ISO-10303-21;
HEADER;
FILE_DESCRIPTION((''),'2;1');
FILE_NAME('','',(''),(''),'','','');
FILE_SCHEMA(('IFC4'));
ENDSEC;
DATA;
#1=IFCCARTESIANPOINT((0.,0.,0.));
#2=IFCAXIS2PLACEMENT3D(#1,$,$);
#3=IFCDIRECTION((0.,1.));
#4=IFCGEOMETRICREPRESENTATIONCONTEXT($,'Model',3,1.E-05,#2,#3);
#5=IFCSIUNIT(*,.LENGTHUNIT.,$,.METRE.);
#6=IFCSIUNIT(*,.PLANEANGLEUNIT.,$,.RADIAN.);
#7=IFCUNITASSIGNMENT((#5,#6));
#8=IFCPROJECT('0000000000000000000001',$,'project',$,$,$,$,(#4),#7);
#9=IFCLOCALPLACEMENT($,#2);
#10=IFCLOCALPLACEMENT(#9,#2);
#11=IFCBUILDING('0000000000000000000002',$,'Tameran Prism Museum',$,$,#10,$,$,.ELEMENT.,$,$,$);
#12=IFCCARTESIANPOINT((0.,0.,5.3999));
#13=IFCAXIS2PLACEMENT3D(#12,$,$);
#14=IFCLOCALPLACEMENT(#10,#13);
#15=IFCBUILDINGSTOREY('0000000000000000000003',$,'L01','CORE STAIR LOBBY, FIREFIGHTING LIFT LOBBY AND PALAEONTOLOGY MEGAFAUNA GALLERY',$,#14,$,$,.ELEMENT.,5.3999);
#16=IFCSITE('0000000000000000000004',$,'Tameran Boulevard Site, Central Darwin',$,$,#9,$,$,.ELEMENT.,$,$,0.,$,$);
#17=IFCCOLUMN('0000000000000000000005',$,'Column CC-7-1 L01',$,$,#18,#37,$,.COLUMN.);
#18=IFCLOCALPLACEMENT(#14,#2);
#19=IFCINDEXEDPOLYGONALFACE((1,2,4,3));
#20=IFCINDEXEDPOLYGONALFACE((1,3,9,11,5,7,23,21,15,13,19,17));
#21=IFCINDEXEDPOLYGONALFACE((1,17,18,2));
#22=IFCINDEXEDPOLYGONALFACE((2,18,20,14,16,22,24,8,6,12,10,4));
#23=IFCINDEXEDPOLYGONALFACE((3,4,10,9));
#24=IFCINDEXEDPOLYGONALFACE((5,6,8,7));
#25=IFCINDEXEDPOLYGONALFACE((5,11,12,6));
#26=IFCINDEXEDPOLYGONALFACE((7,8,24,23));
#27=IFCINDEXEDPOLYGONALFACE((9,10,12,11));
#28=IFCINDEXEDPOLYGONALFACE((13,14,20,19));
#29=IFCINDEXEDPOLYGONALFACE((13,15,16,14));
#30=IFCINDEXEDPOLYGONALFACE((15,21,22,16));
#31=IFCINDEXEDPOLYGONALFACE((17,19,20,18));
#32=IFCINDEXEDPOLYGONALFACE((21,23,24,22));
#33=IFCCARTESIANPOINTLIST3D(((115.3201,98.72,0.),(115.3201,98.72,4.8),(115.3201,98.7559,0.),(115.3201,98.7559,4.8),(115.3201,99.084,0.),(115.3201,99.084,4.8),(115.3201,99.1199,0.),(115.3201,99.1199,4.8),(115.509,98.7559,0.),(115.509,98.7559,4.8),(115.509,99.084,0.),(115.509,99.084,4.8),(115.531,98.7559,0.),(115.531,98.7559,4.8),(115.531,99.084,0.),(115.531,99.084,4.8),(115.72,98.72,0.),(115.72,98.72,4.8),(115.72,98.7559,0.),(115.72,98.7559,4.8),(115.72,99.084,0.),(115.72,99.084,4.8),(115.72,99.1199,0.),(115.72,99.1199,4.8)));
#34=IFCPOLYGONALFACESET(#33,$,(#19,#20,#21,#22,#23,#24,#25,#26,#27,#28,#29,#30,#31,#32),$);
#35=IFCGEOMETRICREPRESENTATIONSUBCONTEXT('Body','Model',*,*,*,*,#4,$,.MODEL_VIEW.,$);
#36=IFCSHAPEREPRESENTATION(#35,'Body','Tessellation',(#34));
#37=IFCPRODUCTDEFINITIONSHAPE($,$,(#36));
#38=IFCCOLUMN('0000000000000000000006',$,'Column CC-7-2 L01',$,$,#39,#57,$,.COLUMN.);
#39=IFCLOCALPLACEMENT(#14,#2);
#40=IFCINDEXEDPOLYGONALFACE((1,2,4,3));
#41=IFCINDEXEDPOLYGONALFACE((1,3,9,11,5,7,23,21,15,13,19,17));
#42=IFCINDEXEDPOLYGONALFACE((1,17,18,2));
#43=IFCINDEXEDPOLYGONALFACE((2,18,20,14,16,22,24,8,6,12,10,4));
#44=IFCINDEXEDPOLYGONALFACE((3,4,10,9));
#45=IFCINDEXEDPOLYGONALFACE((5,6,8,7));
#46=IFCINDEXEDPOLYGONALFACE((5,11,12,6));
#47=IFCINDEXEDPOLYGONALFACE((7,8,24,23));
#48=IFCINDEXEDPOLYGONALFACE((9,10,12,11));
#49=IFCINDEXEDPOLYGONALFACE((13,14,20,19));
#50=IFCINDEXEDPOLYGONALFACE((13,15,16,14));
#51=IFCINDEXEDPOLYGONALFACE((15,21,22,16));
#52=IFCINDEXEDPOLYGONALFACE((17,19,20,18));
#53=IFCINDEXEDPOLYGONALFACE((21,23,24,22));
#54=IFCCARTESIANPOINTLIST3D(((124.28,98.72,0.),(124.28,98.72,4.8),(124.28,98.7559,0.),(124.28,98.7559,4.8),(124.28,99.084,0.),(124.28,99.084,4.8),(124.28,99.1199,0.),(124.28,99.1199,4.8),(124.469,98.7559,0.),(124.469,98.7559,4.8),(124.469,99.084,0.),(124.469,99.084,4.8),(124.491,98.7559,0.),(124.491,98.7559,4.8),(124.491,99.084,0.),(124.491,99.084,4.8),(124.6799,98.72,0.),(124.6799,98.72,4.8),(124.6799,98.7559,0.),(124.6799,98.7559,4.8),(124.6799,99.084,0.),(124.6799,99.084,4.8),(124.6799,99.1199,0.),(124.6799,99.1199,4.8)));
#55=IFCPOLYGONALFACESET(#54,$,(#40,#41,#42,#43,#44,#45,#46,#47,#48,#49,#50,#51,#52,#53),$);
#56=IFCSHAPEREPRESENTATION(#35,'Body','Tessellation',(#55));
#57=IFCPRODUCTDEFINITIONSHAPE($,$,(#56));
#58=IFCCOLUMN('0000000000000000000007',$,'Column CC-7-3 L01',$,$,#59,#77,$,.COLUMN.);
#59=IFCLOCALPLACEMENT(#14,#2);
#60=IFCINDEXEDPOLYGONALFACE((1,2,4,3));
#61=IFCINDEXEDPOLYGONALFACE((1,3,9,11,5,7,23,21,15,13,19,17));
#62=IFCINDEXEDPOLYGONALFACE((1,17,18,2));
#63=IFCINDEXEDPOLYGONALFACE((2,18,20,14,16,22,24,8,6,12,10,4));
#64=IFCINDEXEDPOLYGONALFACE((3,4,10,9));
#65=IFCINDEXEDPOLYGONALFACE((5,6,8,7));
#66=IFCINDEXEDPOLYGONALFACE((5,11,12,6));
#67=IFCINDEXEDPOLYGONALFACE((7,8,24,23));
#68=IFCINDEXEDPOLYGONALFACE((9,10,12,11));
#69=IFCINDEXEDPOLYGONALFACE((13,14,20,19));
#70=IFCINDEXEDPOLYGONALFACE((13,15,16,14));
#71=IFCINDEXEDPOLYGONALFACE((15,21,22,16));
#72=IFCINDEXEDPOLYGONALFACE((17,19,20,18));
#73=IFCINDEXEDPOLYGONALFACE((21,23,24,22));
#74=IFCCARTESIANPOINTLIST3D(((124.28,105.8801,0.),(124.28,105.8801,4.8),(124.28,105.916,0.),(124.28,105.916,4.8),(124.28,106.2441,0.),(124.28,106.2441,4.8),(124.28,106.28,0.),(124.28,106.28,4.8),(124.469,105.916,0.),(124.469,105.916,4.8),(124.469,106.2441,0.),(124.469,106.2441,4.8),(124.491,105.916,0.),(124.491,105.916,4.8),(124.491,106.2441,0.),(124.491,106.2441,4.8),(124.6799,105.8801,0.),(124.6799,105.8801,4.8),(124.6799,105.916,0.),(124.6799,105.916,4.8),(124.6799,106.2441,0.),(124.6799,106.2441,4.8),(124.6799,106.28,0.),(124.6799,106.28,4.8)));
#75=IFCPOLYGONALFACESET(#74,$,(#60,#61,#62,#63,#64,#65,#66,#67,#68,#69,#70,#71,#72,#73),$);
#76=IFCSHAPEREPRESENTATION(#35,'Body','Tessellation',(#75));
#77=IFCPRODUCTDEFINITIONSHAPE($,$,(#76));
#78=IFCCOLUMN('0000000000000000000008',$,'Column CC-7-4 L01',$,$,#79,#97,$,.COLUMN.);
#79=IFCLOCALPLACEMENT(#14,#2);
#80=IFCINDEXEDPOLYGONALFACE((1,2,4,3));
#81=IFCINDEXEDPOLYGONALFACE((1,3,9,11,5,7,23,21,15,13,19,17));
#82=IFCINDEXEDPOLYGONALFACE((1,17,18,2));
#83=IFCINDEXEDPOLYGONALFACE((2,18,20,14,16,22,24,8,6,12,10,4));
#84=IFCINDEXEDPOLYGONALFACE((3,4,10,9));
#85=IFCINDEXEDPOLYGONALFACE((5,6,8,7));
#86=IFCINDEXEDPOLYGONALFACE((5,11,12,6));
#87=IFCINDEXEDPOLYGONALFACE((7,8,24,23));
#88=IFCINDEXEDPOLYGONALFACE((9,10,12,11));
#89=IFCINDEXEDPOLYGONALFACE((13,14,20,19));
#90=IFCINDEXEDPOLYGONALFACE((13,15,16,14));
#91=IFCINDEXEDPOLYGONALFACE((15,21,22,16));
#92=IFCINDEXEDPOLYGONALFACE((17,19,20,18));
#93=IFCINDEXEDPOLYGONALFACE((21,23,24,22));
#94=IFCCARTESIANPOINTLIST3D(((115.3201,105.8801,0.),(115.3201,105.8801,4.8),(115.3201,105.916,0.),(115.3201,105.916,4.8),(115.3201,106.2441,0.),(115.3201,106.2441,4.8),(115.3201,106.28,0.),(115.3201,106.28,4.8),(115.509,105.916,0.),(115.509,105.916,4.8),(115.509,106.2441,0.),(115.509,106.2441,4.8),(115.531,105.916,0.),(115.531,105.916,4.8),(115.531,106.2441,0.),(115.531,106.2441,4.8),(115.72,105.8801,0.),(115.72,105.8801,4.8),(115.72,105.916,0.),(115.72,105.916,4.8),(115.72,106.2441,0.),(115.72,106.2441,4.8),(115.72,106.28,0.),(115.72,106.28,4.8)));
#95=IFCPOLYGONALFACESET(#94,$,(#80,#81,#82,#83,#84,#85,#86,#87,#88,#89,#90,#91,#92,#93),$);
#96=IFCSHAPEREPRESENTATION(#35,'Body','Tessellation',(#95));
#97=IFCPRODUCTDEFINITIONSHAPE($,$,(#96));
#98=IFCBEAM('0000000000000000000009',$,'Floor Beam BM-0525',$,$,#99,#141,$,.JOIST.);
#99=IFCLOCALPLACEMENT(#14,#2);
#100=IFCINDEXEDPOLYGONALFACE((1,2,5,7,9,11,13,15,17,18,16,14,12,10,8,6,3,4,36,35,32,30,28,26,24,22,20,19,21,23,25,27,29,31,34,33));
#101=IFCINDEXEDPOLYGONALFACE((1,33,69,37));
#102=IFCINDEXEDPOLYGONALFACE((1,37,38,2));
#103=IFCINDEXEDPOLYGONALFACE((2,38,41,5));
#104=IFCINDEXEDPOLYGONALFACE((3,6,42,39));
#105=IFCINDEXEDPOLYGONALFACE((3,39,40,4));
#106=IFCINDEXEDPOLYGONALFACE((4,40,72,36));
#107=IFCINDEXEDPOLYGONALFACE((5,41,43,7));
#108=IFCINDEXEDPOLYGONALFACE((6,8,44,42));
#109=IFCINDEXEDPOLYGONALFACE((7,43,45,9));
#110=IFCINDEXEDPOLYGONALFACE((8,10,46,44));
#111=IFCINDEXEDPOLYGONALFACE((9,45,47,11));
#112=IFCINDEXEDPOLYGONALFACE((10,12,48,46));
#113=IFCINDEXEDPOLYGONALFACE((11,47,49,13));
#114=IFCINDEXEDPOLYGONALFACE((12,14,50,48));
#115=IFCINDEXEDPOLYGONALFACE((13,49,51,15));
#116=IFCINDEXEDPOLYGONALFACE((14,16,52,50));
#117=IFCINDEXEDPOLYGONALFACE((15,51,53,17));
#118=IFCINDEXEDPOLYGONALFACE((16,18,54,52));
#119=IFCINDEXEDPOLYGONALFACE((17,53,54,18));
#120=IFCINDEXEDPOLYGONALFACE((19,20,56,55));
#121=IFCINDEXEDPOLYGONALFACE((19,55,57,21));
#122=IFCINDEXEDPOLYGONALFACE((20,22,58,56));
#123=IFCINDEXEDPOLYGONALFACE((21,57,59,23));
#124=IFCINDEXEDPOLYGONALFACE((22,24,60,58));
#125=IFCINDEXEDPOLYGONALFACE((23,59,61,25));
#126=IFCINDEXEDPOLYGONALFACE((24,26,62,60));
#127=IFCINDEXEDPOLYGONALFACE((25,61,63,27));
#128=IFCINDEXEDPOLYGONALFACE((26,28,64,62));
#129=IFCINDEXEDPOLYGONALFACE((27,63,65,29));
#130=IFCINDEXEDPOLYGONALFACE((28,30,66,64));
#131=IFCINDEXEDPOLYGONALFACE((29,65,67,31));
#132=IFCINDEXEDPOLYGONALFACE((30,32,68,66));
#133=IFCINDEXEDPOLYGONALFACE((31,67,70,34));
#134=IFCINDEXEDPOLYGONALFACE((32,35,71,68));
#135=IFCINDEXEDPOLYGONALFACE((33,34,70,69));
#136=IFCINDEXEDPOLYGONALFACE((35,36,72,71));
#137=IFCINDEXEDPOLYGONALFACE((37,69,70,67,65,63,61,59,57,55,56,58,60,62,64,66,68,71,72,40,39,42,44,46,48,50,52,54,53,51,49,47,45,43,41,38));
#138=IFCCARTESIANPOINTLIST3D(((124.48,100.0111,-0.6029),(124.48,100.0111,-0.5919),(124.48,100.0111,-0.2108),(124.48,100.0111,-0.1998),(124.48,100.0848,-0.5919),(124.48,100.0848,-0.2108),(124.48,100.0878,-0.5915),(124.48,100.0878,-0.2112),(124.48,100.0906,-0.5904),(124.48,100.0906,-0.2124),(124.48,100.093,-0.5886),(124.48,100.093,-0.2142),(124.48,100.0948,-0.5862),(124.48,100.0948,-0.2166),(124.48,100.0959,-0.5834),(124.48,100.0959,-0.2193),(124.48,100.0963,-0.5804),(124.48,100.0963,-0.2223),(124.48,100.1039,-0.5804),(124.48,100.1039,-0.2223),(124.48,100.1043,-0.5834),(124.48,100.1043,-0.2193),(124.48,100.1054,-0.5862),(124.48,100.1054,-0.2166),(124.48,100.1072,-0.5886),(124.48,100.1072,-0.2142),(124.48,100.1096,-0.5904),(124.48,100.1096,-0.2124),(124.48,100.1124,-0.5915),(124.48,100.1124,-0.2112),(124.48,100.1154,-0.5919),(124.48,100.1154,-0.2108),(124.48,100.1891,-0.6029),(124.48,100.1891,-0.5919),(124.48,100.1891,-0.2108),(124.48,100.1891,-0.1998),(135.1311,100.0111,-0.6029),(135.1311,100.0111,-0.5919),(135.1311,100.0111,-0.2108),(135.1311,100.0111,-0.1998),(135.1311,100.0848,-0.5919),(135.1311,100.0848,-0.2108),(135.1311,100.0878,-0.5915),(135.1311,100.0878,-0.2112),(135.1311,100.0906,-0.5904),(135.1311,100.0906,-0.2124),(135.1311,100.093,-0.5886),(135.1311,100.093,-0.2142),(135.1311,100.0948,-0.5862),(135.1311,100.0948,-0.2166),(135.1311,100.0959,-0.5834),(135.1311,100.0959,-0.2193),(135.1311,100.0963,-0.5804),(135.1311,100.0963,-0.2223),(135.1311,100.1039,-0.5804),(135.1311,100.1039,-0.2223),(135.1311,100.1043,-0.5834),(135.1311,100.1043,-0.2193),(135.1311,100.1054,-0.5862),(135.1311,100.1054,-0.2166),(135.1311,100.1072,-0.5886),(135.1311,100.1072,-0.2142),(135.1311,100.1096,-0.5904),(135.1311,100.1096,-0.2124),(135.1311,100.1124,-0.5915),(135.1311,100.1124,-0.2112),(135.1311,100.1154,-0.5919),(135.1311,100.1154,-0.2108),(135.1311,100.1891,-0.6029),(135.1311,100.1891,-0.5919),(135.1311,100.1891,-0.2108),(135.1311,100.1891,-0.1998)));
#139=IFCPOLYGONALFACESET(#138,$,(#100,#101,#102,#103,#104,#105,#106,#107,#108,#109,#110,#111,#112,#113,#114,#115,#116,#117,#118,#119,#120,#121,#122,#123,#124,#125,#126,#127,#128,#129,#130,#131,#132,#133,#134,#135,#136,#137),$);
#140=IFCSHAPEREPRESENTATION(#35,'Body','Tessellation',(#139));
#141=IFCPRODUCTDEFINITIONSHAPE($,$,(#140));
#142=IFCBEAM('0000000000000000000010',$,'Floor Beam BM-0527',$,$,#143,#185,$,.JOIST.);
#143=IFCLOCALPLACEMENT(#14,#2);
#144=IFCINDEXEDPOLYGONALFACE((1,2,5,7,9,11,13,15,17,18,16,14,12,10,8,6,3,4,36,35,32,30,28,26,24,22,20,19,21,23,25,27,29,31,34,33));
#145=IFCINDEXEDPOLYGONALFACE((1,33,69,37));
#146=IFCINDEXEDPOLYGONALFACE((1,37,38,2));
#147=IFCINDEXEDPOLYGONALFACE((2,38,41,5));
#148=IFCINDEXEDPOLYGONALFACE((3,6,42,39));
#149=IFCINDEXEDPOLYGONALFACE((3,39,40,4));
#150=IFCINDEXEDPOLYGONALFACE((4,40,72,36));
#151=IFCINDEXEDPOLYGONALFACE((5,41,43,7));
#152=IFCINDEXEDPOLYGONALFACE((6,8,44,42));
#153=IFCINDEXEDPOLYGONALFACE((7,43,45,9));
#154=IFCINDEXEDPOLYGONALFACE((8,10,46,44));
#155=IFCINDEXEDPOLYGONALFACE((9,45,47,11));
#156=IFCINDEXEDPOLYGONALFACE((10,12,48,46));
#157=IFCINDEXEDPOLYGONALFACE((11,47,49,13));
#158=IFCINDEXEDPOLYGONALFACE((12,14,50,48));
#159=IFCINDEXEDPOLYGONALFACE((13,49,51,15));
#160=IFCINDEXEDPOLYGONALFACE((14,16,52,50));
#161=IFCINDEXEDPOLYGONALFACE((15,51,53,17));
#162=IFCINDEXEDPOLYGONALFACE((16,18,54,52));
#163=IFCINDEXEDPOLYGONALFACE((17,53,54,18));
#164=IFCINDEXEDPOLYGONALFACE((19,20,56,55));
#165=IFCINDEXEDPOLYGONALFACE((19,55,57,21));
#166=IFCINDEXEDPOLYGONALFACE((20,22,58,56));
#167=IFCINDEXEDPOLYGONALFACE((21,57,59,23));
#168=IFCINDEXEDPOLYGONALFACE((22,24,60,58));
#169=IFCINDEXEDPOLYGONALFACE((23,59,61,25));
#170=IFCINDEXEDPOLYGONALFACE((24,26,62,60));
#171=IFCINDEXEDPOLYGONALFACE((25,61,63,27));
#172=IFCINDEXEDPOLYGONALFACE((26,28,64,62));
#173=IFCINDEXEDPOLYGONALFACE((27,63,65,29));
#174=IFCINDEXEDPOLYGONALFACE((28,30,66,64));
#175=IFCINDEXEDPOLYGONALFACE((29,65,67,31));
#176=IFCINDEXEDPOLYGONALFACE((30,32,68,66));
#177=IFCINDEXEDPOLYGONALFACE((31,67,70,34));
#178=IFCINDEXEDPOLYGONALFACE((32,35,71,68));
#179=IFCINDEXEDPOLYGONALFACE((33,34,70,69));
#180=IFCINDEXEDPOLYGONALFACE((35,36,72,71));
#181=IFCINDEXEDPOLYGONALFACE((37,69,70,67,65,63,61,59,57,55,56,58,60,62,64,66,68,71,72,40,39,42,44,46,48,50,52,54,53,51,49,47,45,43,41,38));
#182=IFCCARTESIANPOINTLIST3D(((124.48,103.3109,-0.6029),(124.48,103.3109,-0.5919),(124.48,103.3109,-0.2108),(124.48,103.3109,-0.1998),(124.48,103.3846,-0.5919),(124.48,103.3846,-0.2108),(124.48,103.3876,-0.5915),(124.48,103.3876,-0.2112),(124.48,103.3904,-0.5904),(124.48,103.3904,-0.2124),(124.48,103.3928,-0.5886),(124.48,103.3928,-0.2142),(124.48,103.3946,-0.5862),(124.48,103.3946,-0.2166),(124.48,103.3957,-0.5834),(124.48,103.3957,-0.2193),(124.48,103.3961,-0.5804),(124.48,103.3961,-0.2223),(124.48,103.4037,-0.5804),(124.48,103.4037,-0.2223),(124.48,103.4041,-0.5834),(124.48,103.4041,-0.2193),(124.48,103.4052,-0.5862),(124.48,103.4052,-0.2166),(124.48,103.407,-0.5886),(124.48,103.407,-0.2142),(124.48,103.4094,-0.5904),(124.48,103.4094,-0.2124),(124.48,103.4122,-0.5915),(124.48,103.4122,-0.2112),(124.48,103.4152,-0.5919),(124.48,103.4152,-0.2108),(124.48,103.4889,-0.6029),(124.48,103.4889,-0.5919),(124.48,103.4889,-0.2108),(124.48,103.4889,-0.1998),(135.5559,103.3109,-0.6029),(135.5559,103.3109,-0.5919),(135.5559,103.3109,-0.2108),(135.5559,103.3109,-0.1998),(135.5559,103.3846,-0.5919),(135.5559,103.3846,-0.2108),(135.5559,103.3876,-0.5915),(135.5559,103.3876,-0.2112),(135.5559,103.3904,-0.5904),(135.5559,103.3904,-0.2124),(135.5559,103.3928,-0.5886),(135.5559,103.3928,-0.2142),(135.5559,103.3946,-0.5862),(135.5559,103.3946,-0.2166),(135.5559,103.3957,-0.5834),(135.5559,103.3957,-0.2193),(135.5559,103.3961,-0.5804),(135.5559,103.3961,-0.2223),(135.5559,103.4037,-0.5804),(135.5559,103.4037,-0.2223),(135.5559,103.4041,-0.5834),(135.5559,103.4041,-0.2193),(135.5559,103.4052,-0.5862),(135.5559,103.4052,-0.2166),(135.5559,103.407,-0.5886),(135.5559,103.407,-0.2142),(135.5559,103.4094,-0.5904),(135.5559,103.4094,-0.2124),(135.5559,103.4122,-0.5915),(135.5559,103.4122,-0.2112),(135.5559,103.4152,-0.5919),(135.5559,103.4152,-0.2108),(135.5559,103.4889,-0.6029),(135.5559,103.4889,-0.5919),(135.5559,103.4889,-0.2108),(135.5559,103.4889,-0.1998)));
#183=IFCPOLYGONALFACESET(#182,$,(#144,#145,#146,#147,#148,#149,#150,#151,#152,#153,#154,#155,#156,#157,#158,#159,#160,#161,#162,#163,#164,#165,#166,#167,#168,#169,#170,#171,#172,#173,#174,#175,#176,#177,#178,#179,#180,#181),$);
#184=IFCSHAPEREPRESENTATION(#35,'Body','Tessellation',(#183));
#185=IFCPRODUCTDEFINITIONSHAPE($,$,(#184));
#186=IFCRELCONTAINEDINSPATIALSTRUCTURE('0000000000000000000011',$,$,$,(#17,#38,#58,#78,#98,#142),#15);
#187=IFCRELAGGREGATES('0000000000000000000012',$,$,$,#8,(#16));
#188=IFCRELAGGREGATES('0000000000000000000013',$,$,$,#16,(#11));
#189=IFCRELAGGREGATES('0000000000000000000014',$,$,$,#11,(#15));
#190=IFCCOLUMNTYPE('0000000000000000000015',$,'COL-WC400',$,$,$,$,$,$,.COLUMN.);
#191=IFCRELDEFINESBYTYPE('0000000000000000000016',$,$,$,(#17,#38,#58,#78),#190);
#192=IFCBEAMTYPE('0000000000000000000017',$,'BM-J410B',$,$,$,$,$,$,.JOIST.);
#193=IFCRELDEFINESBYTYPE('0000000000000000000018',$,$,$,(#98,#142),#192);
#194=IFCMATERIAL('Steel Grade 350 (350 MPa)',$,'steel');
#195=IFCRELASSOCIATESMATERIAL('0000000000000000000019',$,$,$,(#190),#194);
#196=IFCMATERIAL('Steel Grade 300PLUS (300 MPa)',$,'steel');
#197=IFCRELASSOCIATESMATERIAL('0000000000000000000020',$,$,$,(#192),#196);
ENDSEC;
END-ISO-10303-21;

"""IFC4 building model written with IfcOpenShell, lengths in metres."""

from ifc_helpers import new_model, si_unit, direction, frame, origin, origin_2d, place, context, subcontext, project, spatial, i_section, extrude, material, material_profile, profile_set, type_object, element, save


model = new_model("IFC4")

# Units and contexts
model_context = context("Model", 3, precision=1e-05, world=origin(), true_north=direction((0.0, 1.0)))
body_context = subcontext(model_context, "Body", "Model", "MODEL_VIEW")
ifc_project = project(units=[si_unit("LENGTHUNIT", "METRE"), si_unit("PLANEANGLEUNIT", "RADIAN")], contexts=[model_context])

# Site, building, storey
site_placement = place(None, origin())
site = spatial("IfcSite", under=ifc_project, at=site_placement, Name="Tameran Boulevard Site, Central Darwin", CompositionType="ELEMENT", RefElevation=0.0)
building_placement = place(site_placement, origin())
building = spatial("IfcBuilding", under=site, at=building_placement, Name="Tameran Prism Museum", CompositionType="ELEMENT")
storey_placement = place(building_placement, frame((0.0, 0.0, 5.3999)))
storey = spatial("IfcBuildingStorey", under=building, at=storey_placement, Name="L01", Description="CORE STAIR LOBBY, FIREFIGHTING LIFT LOBBY AND PALAEONTOLOGY MEGAFAUNA GALLERY", CompositionType="ELEMENT", Elevation=5.3999)

# Columns
ifc_material_1 = material(Name="Steel Grade 350 (350 MPa)", Category="steel")
ifc_material_profile_1 = material_profile(ifc_material_1, i_section(OverallWidth=0.3999, OverallDepth=0.3999, WebThickness=0.022, FlangeThickness=0.0359, at=origin_2d()))
ifc_profile_set_1 = profile_set([ifc_material_profile_1])
column_type = type_object("IfcColumnType", Name="COL-WC400", PredefinedType="COLUMN", material=ifc_profile_set_1)
for number, where, z_axis, x_axis, name in (
    (1, (115.52, 98.9199, 0.0), (0.0, 0.0, 1.0), (1.0, 0.0, 0.0), "Column CC-7-1 L01"),
    (2, (124.48, 98.9199, 0.0), (0.0, 0.0, 1.0), (1.0, 0.0, 0.0), "Column CC-7-2 L01"),
    (3, (124.48, 106.0801, 0.0), (0.0, 0.0, 1.0), (1.0, 0.0, 0.0), "Column CC-7-3 L01"),
    (4, (115.52, 106.0801, 0.0), (0.0, 0.0, 1.0), (1.0, 0.0, 0.0), "Column CC-7-4 L01"),
):
    element("IfcColumn", number, at=place(storey_placement, frame(where, z_axis=z_axis, x_axis=x_axis)), inside=storey, type_object=column_type, Name=name, PredefinedType="COLUMN", context=body_context, shape_type="SweptSolid", body=[
        extrude(i_section(OverallWidth=0.3999, OverallDepth=0.3999, WebThickness=0.022, FlangeThickness=0.0359, at=origin_2d()), origin(), (0.0, 0.0, 1.0), 4.8),
    ])

# Beams
ifc_material_2 = material(Name="Steel Grade 300PLUS (300 MPa)", Category="steel")
ifc_material_profile_2 = material_profile(ifc_material_2, i_section(OverallWidth=0.178, OverallDepth=0.4031, WebThickness=0.0076, FlangeThickness=0.011, FilletRadius=0.0115, at=origin_2d()))
ifc_profile_set_2 = profile_set([ifc_material_profile_2])
beam_type_1 = type_object("IfcBeamType", Name="BM-J410B", PredefinedType="JOIST", material=ifc_profile_set_2)
beam_1_placement = place(storey_placement, frame((124.48, 100.1001, -0.4014), z_axis=(1.0, 0.0, 0.0), x_axis=(0.0, 1.0, 0.0)))
element("IfcBeam", 5, at=beam_1_placement, inside=storey, type_object=beam_type_1, Name="Floor Beam BM-0525", PredefinedType="JOIST", context=body_context, shape_type="SweptSolid", body=[
    extrude(i_section(OverallWidth=0.178, OverallDepth=0.4031, WebThickness=0.0076, FlangeThickness=0.011, FilletRadius=0.0115, at=origin_2d()), origin(), (0.0, 0.0, 1.0), 10.6511),
])
beam_2_placement = place(storey_placement, frame((124.48, 103.3999, -0.4014), z_axis=(1.0, 0.0, 0.0), x_axis=(0.0, 1.0, 0.0)))
element("IfcBeam", 6, at=beam_2_placement, inside=storey, type_object=beam_type_1, Name="Floor Beam BM-0527", PredefinedType="JOIST", context=body_context, shape_type="SweptSolid", body=[
    extrude(i_section(OverallWidth=0.178, OverallDepth=0.4031, WebThickness=0.0076, FlangeThickness=0.011, FilletRadius=0.0115, at=origin_2d()), origin(), (0.0, 0.0, 1.0), 11.0759),
])

save(model, "model.ifc")
